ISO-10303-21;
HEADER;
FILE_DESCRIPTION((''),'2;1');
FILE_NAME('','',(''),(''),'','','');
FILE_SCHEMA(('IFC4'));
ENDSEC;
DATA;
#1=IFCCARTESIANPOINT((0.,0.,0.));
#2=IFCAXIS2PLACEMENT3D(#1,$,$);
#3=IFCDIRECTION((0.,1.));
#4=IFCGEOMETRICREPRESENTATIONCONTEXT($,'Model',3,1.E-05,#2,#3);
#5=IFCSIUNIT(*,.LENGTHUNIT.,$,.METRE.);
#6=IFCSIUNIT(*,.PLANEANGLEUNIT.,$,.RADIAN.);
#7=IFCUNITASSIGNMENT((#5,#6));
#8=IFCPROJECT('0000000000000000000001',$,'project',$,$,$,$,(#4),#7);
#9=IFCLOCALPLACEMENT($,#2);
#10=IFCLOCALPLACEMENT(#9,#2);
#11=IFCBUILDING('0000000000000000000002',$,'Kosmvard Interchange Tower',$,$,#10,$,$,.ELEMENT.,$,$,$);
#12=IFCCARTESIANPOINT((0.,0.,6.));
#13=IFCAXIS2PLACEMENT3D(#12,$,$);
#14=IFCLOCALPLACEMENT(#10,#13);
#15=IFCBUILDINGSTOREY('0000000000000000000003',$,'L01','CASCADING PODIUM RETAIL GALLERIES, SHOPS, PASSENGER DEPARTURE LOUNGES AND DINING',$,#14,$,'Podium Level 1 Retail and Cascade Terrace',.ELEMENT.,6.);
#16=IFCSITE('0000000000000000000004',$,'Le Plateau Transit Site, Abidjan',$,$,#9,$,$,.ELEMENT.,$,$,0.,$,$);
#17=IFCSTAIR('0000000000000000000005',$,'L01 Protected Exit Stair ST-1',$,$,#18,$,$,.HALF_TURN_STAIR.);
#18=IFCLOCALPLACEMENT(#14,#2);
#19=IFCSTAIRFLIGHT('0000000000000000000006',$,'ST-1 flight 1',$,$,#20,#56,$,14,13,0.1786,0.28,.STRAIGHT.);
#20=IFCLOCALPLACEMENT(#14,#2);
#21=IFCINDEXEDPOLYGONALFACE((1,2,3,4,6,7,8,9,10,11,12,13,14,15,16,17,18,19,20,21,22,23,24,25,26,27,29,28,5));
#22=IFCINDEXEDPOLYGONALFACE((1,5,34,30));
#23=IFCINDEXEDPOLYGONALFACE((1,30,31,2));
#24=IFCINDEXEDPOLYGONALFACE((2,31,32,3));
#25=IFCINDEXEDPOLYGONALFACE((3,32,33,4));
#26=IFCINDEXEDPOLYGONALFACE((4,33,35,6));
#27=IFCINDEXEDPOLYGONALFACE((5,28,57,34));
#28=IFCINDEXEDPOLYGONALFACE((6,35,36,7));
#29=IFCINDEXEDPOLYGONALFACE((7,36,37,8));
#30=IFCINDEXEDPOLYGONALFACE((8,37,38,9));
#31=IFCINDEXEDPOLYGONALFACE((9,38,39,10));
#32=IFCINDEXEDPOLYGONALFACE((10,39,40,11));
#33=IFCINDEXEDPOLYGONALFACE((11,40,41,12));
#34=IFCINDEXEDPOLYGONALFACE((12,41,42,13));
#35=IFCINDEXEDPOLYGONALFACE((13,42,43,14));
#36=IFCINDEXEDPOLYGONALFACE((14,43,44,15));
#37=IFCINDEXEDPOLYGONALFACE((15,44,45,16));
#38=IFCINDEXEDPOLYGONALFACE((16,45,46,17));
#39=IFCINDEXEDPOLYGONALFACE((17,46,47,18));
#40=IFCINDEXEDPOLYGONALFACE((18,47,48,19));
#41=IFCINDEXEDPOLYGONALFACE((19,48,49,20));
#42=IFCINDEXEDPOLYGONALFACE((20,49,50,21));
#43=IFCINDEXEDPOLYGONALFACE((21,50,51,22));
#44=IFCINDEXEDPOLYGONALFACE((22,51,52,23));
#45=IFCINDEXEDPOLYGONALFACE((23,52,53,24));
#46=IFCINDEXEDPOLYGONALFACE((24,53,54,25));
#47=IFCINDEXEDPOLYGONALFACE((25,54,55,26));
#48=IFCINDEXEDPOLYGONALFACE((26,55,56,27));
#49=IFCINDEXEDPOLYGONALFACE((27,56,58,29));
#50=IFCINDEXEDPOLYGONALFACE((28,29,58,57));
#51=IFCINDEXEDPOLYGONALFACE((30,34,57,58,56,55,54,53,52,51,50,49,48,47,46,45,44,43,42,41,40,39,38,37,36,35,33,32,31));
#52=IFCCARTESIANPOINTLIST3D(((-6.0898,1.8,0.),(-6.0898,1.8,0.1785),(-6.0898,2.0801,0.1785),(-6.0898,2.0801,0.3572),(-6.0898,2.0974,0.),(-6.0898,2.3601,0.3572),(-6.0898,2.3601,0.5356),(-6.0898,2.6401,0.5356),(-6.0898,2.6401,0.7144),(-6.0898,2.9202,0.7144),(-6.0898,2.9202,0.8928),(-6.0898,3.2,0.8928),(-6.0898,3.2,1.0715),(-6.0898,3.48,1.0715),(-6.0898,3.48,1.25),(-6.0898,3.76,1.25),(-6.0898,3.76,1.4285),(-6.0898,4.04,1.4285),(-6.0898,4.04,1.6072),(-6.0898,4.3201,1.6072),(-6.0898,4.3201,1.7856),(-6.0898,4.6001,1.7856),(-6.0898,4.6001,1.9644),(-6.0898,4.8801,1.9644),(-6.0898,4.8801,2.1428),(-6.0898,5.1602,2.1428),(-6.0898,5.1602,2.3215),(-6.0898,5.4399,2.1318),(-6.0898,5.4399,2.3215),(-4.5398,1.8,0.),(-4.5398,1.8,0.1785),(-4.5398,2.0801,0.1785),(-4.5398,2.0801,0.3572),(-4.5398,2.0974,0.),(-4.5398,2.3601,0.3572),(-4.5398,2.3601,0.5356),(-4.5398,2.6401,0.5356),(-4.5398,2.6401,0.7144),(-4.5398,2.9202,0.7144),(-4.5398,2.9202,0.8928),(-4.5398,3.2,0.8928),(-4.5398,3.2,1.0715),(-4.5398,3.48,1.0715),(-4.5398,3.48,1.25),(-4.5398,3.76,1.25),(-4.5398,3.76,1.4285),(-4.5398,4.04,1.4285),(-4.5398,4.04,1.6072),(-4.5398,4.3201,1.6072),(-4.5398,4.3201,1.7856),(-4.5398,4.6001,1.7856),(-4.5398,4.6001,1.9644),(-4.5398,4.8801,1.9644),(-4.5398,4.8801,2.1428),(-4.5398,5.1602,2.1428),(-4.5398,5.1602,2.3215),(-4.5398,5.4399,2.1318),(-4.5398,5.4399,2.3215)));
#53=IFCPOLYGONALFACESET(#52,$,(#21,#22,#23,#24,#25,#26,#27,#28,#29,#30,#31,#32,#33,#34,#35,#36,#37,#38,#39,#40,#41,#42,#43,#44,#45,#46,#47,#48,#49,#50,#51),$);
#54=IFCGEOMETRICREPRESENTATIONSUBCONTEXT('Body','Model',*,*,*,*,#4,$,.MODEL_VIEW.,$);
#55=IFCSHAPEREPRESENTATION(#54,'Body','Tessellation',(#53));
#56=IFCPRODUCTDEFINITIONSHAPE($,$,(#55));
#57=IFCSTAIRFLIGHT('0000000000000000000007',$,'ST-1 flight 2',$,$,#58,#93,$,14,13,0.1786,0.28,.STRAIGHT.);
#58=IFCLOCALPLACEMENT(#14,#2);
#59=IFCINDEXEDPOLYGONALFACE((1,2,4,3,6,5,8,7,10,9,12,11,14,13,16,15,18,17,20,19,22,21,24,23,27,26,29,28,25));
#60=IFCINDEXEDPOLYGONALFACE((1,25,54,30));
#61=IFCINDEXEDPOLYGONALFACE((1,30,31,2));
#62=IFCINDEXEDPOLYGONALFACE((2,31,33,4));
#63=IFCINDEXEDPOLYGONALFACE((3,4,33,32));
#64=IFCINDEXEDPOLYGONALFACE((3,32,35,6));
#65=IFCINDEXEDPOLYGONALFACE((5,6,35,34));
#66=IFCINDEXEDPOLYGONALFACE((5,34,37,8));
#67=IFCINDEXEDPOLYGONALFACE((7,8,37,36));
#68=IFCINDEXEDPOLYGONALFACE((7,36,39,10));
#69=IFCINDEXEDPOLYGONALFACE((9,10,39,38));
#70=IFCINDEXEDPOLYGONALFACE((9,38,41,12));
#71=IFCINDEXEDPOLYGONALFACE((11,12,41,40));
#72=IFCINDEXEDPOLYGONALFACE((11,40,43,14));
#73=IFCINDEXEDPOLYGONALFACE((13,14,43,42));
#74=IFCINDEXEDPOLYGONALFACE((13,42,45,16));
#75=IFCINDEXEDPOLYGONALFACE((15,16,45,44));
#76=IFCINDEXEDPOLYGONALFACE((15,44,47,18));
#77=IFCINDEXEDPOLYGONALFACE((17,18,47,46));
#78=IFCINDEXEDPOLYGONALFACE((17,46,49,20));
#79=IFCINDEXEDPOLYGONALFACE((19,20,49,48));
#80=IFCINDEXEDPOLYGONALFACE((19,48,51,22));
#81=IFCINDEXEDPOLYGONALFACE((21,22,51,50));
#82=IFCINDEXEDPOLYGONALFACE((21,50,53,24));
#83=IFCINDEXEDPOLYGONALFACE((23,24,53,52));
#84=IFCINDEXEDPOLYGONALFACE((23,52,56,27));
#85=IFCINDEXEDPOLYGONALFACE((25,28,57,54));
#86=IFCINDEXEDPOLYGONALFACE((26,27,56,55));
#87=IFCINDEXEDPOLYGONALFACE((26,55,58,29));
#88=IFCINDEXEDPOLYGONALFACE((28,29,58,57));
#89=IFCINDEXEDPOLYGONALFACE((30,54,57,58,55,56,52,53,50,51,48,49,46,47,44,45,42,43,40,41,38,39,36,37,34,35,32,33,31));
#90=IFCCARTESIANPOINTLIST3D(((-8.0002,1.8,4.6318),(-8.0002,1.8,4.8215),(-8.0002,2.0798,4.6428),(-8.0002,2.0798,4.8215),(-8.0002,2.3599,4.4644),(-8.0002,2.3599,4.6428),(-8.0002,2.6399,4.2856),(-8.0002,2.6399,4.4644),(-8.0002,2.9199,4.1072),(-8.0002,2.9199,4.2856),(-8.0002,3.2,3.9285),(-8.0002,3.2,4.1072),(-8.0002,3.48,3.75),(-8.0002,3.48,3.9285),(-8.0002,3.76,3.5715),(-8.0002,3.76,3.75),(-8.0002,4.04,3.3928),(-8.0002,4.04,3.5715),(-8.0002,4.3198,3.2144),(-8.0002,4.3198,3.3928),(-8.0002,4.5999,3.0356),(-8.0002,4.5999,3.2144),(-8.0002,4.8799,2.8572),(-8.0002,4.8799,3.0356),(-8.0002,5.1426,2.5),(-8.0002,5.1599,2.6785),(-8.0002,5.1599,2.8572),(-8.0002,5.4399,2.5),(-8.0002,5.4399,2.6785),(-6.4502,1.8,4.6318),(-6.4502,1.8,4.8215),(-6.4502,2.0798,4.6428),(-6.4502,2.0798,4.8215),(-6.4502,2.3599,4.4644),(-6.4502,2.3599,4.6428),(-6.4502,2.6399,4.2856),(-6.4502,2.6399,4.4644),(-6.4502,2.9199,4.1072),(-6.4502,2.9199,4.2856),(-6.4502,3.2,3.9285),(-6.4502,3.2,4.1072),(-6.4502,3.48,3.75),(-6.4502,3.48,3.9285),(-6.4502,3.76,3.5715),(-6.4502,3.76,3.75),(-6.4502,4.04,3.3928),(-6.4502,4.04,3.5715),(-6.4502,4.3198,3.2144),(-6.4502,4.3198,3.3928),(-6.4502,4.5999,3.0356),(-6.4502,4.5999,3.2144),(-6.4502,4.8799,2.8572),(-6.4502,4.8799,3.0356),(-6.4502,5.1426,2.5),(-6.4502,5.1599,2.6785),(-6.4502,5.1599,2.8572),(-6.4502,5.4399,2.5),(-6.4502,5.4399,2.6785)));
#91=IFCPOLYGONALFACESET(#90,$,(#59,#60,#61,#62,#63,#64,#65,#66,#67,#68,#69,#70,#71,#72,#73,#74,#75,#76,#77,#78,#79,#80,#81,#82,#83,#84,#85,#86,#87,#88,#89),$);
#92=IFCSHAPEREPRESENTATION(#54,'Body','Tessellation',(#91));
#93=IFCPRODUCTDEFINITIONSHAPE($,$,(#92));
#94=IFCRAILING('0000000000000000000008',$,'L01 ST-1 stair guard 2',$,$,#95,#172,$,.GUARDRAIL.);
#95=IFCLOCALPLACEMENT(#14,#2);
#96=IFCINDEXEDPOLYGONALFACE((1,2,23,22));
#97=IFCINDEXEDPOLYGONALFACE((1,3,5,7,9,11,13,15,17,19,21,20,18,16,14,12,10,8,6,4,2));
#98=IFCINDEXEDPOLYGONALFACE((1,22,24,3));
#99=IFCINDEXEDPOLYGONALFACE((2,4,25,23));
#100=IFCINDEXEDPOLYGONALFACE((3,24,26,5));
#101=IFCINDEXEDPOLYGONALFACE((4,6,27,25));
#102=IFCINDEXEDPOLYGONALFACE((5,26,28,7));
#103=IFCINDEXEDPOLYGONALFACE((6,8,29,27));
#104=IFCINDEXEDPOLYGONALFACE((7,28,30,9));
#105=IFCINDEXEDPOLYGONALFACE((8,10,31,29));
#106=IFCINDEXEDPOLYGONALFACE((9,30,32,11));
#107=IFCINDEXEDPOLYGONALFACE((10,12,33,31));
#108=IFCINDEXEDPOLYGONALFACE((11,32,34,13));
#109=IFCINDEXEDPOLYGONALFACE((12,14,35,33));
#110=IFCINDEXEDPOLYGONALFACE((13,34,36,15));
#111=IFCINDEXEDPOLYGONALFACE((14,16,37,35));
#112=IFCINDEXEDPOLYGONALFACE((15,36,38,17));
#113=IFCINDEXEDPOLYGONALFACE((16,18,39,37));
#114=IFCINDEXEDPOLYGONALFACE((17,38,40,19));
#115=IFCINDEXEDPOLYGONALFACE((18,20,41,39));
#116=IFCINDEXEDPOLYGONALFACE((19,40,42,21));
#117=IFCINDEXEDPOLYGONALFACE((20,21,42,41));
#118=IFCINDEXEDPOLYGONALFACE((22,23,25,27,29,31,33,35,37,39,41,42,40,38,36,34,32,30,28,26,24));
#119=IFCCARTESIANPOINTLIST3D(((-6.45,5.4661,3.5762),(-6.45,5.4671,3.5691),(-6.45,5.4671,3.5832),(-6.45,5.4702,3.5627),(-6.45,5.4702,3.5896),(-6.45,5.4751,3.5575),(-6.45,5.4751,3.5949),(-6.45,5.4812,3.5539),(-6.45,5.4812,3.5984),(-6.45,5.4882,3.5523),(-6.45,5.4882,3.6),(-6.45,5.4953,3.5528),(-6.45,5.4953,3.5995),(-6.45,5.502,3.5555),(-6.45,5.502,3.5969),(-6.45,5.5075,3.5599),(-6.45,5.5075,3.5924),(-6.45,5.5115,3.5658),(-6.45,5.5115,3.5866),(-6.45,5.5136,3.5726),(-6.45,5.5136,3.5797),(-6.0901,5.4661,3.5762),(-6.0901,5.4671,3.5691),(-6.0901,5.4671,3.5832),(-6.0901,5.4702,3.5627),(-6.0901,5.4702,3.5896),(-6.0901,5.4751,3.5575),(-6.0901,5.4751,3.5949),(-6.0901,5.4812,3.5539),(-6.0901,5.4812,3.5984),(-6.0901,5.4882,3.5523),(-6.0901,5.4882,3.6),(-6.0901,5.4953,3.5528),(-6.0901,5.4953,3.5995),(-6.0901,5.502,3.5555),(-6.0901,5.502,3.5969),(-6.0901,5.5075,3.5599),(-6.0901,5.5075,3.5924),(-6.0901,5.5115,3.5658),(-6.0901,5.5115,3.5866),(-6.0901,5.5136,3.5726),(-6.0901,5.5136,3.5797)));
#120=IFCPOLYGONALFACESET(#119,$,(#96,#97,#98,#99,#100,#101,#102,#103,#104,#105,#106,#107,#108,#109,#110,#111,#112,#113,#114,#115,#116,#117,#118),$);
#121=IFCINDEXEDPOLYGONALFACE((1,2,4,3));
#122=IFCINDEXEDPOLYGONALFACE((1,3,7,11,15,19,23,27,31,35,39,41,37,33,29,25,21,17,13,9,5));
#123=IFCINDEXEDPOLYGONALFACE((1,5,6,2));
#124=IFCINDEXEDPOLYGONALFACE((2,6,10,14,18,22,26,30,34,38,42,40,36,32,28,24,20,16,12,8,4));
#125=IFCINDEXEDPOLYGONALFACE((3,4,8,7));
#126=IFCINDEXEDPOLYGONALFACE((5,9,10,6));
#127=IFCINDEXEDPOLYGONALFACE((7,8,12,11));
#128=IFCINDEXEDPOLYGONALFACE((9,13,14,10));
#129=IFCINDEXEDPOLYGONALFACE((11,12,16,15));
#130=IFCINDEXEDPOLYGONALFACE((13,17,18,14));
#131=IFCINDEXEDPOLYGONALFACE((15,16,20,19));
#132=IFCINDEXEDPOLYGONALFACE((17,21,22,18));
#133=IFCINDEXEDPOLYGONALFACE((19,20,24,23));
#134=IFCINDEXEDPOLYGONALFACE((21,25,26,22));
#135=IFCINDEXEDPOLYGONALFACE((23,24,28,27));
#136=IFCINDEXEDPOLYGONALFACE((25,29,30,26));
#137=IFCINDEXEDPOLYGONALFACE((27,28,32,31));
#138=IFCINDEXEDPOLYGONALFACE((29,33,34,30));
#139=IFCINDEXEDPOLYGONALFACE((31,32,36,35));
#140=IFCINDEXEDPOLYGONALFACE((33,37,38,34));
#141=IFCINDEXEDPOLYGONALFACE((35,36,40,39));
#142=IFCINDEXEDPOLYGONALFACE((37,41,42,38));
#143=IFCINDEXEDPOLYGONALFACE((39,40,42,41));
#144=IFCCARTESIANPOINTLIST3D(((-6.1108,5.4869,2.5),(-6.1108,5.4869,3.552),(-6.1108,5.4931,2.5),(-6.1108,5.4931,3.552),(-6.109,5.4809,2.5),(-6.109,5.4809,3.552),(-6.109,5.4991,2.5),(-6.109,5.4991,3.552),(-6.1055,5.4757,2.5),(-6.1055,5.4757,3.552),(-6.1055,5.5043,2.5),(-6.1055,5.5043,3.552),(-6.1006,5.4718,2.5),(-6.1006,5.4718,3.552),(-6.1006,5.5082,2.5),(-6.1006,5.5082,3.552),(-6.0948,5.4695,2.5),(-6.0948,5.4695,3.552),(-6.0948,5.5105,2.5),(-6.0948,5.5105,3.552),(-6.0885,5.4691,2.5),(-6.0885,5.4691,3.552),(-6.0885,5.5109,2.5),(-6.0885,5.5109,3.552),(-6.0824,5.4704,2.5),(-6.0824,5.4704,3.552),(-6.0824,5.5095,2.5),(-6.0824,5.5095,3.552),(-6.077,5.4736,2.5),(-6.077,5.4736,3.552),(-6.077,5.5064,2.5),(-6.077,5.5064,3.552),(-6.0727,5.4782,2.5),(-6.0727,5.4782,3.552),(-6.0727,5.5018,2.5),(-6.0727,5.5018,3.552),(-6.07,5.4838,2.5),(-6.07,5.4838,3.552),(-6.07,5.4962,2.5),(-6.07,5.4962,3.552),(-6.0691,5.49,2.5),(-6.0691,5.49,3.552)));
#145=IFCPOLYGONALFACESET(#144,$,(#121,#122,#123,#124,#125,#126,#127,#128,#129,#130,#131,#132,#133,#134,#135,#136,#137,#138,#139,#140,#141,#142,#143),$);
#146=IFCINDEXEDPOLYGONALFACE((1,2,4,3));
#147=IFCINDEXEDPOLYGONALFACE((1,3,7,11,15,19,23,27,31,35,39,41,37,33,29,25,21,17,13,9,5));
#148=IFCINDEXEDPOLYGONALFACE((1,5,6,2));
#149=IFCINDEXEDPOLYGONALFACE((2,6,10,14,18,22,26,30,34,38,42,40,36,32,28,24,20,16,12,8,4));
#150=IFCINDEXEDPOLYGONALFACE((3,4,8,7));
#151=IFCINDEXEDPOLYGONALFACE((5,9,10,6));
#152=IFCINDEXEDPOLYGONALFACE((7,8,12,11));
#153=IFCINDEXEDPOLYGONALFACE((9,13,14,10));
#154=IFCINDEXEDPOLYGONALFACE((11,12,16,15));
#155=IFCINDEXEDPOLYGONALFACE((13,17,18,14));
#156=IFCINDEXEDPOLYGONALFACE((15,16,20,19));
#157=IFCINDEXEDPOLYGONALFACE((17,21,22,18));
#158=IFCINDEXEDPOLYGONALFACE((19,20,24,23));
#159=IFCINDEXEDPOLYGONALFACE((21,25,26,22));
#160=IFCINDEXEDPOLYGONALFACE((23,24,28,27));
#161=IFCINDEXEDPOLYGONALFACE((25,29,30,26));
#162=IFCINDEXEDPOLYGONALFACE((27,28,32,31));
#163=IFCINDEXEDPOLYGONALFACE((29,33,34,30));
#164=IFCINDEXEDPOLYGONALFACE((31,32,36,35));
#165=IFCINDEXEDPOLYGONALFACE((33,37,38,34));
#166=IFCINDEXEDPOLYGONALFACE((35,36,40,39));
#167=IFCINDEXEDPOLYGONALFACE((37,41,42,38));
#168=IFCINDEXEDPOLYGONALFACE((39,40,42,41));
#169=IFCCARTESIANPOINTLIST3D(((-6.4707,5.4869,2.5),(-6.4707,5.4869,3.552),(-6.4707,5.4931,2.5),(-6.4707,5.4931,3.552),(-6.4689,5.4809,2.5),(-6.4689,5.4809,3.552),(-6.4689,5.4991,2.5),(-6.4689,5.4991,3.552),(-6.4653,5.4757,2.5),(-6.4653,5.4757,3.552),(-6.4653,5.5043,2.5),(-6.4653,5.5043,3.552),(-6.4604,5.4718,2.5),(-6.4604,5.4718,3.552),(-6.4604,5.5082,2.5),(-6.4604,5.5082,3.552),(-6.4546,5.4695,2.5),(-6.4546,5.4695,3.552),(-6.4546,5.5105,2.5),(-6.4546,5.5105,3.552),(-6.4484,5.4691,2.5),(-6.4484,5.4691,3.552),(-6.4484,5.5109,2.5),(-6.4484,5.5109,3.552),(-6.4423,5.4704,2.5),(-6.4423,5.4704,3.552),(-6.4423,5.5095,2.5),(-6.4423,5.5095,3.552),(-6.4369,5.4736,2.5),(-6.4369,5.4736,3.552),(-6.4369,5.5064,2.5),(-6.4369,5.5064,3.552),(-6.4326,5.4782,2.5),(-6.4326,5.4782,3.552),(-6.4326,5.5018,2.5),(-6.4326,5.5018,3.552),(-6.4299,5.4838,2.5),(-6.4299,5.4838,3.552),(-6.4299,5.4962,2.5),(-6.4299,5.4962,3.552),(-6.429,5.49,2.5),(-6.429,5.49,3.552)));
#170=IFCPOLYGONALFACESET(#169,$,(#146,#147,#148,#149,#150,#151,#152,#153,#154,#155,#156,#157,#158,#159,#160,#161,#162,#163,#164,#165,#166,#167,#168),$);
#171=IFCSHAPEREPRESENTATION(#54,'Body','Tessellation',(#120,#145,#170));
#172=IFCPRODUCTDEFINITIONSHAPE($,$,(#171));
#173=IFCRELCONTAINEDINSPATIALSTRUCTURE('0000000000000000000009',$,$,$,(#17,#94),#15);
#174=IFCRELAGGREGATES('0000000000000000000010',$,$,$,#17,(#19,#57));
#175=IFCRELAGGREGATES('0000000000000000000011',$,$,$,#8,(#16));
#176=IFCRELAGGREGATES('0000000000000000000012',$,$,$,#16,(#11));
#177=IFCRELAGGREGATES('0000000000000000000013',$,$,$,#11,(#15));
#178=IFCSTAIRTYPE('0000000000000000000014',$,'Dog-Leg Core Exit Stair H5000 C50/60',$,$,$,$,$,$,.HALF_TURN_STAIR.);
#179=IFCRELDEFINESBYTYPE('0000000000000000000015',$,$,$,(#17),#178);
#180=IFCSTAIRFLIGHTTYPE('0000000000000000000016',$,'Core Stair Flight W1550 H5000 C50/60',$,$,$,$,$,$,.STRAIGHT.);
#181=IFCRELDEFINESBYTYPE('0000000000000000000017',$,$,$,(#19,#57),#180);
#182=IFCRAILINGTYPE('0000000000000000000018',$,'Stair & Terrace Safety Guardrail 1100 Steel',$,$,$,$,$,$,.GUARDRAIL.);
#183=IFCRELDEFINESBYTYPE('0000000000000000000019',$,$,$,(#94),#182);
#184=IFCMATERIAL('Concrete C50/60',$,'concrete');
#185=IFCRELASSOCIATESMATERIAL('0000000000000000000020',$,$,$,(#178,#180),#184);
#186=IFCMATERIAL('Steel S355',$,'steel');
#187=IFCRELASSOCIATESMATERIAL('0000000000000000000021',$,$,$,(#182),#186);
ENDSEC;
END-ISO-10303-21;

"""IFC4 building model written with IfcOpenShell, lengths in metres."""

from ifc_helpers import new_model, si_unit, direction, frame, origin, origin_2d, place, context, subcontext, project, spatial, polyline, circle, outline, extrude, source, transform, mapped, material, type_object, element, aggregate, save


model = new_model("IFC4")

# Units and contexts
model_context = context("Model", 3, precision=1e-05, world=origin(), true_north=direction((0.0, 1.0)))
body_context = subcontext(model_context, "Body", "Model", "MODEL_VIEW")
ifc_project = project(units=[si_unit("LENGTHUNIT", "METRE"), si_unit("PLANEANGLEUNIT", "RADIAN")], contexts=[model_context])

# Site, building, storey
site_placement = place(None, origin())
site = spatial("IfcSite", under=ifc_project, at=site_placement, Name="Le Plateau Transit Site, Abidjan", CompositionType="ELEMENT", RefElevation=0.0)
building_placement = place(site_placement, origin())
building = spatial("IfcBuilding", under=site, at=building_placement, Name="Kosmvard Interchange Tower", CompositionType="ELEMENT")
storey_placement = place(building_placement, frame((0.0, 0.0, 6.0)))
storey = spatial("IfcBuildingStorey", under=building, at=storey_placement, Name="L01", Description="CASCADING PODIUM RETAIL GALLERIES, SHOPS, PASSENGER DEPARTURE LOUNGES AND DINING", LongName="Podium Level 1 Retail and Cascade Terrace", CompositionType="ELEMENT", Elevation=6.0)

# Shared definitions
ifc_material_1 = material(Name="Steel S355", Category="steel")

# Shared definitions
ifc_material_2 = material(Name="Concrete C50/60", Category="concrete")

# Stair, stair flights
stair_type = type_object("IfcStairType", Name="Dog-Leg Core Exit Stair H5000 C50/60", PredefinedType="HALF_TURN_STAIR", material=ifc_material_2)
stair_placement = place(storey_placement, origin())
stair = element("IfcStair", 1, at=stair_placement, inside=storey, type_object=stair_type, Name="L01 Protected Exit Stair ST-1", PredefinedType="HALF_TURN_STAIR")
stair_flight_type = type_object("IfcStairFlightType", Name="Core Stair Flight W1550 H5000 C50/60", PredefinedType="STRAIGHT", material=ifc_material_2)
shared_shape_1 = source(origin(), body_context, "Body", "SweptSolid", [
    extrude(outline(polyline([(0.0, 0.0), (0.0, 0.1785), (0.28, 0.1785), (0.28, 0.3572), (0.5601, 0.3572), (0.5601, 0.5356), (0.8401, 0.5356), (0.8401, 0.7144), (1.1201, 0.7144), (1.1201, 0.8928), (1.3999, 0.8928), (1.3999, 1.0715), (1.6799, 1.0715), (1.6799, 1.25), (1.96, 1.25), (1.96, 1.4285), (2.24, 1.4285), (2.24, 1.6072), (2.52, 1.6072), (2.52, 1.7856), (2.8, 1.7856), (2.8, 1.9644), (3.0801, 1.9644), (3.0801, 2.1428), (3.3601, 2.1428), (3.3601, 2.3215), (3.6399, 2.3215), (3.6399, 2.5), (3.6399, 2.1318), (0.2974, 0.0), (0.0, 0.0)])), frame((0.0, 0.7749, 0.0), z_axis=(0.0, -1.0, 0.0), x_axis=(1.0, 0.0, 0.0)), (0.0, 0.0, 1.0), 1.55),
])
stair_flight_1_placement = place(storey_placement, frame((-5.3149, 1.8, 0.0), z_axis=(0.0, 0.0, 1.0), x_axis=(0.0, 1.0, 0.0)))
stair_flight_1 = element("IfcStairFlight", 2, at=stair_flight_1_placement, type_object=stair_flight_type, Name="ST-1 flight 1", NumberOfRisers=14, NumberOfTreads=13, PredefinedType="STRAIGHT", RiserHeight=0.1786, TreadLength=0.28, context=body_context, shape_type="MappedRepresentation", body=[
    mapped(shared_shape_1, transform((0.0, 0.0, 0.0), scale=1.0)),
])
stair_flight_2_placement = place(storey_placement, frame((-7.2251, 5.4399, 2.5), z_axis=(0.0, 0.0, 1.0), x_axis=(0.0, -1.0, 0.0)))
stair_flight_2 = element("IfcStairFlight", 3, at=stair_flight_2_placement, type_object=stair_flight_type, Name="ST-1 flight 2", NumberOfRisers=14, NumberOfTreads=13, PredefinedType="STRAIGHT", RiserHeight=0.1786, TreadLength=0.28, context=body_context, shape_type="MappedRepresentation", body=[
    mapped(shared_shape_1, transform((0.0, 0.0, 0.0), scale=1.0)),
])
aggregate(stair, [stair_flight_1, stair_flight_2])

# Railing
railing_type_1 = type_object("IfcRailingType", Name="Stair & Terrace Safety Guardrail 1100 Steel", PredefinedType="GUARDRAIL", material=ifc_material_1)
shared_shape_2 = source(origin(), body_context, "Body", "SweptSolid", [
    extrude(circle(Radius=0.0239, at=origin_2d()), frame((0.0, 0.0, 1.0762), z_axis=(-1.0, 0.0, 0.0), x_axis=(0.0, -1.0, 0.0)), (0.0, 0.0, 1.0), 0.3599),
    extrude(circle(Radius=0.021, at=origin_2d()), origin(), (0.0, 0.0, 1.0), 1.052),
    extrude(circle(Radius=0.021, at=origin_2d()), frame((-0.3599, 0.0, 0.0)), (0.0, 0.0, 1.0), 1.052),
])
for number, where, name in (
    (4, (-6.0901, 5.49, 2.5), "L01 ST-1 stair guard 2"),
):
    element("IfcRailing", number, at=place(storey_placement, frame(where)), inside=storey, type_object=railing_type_1, Name=name, PredefinedType="GUARDRAIL", context=body_context, shape_type="MappedRepresentation", body=[
        mapped(shared_shape_2, transform((0.0, 0.0, 0.0), scale=1.0)),
    ])

save(model, "model.ifc")
